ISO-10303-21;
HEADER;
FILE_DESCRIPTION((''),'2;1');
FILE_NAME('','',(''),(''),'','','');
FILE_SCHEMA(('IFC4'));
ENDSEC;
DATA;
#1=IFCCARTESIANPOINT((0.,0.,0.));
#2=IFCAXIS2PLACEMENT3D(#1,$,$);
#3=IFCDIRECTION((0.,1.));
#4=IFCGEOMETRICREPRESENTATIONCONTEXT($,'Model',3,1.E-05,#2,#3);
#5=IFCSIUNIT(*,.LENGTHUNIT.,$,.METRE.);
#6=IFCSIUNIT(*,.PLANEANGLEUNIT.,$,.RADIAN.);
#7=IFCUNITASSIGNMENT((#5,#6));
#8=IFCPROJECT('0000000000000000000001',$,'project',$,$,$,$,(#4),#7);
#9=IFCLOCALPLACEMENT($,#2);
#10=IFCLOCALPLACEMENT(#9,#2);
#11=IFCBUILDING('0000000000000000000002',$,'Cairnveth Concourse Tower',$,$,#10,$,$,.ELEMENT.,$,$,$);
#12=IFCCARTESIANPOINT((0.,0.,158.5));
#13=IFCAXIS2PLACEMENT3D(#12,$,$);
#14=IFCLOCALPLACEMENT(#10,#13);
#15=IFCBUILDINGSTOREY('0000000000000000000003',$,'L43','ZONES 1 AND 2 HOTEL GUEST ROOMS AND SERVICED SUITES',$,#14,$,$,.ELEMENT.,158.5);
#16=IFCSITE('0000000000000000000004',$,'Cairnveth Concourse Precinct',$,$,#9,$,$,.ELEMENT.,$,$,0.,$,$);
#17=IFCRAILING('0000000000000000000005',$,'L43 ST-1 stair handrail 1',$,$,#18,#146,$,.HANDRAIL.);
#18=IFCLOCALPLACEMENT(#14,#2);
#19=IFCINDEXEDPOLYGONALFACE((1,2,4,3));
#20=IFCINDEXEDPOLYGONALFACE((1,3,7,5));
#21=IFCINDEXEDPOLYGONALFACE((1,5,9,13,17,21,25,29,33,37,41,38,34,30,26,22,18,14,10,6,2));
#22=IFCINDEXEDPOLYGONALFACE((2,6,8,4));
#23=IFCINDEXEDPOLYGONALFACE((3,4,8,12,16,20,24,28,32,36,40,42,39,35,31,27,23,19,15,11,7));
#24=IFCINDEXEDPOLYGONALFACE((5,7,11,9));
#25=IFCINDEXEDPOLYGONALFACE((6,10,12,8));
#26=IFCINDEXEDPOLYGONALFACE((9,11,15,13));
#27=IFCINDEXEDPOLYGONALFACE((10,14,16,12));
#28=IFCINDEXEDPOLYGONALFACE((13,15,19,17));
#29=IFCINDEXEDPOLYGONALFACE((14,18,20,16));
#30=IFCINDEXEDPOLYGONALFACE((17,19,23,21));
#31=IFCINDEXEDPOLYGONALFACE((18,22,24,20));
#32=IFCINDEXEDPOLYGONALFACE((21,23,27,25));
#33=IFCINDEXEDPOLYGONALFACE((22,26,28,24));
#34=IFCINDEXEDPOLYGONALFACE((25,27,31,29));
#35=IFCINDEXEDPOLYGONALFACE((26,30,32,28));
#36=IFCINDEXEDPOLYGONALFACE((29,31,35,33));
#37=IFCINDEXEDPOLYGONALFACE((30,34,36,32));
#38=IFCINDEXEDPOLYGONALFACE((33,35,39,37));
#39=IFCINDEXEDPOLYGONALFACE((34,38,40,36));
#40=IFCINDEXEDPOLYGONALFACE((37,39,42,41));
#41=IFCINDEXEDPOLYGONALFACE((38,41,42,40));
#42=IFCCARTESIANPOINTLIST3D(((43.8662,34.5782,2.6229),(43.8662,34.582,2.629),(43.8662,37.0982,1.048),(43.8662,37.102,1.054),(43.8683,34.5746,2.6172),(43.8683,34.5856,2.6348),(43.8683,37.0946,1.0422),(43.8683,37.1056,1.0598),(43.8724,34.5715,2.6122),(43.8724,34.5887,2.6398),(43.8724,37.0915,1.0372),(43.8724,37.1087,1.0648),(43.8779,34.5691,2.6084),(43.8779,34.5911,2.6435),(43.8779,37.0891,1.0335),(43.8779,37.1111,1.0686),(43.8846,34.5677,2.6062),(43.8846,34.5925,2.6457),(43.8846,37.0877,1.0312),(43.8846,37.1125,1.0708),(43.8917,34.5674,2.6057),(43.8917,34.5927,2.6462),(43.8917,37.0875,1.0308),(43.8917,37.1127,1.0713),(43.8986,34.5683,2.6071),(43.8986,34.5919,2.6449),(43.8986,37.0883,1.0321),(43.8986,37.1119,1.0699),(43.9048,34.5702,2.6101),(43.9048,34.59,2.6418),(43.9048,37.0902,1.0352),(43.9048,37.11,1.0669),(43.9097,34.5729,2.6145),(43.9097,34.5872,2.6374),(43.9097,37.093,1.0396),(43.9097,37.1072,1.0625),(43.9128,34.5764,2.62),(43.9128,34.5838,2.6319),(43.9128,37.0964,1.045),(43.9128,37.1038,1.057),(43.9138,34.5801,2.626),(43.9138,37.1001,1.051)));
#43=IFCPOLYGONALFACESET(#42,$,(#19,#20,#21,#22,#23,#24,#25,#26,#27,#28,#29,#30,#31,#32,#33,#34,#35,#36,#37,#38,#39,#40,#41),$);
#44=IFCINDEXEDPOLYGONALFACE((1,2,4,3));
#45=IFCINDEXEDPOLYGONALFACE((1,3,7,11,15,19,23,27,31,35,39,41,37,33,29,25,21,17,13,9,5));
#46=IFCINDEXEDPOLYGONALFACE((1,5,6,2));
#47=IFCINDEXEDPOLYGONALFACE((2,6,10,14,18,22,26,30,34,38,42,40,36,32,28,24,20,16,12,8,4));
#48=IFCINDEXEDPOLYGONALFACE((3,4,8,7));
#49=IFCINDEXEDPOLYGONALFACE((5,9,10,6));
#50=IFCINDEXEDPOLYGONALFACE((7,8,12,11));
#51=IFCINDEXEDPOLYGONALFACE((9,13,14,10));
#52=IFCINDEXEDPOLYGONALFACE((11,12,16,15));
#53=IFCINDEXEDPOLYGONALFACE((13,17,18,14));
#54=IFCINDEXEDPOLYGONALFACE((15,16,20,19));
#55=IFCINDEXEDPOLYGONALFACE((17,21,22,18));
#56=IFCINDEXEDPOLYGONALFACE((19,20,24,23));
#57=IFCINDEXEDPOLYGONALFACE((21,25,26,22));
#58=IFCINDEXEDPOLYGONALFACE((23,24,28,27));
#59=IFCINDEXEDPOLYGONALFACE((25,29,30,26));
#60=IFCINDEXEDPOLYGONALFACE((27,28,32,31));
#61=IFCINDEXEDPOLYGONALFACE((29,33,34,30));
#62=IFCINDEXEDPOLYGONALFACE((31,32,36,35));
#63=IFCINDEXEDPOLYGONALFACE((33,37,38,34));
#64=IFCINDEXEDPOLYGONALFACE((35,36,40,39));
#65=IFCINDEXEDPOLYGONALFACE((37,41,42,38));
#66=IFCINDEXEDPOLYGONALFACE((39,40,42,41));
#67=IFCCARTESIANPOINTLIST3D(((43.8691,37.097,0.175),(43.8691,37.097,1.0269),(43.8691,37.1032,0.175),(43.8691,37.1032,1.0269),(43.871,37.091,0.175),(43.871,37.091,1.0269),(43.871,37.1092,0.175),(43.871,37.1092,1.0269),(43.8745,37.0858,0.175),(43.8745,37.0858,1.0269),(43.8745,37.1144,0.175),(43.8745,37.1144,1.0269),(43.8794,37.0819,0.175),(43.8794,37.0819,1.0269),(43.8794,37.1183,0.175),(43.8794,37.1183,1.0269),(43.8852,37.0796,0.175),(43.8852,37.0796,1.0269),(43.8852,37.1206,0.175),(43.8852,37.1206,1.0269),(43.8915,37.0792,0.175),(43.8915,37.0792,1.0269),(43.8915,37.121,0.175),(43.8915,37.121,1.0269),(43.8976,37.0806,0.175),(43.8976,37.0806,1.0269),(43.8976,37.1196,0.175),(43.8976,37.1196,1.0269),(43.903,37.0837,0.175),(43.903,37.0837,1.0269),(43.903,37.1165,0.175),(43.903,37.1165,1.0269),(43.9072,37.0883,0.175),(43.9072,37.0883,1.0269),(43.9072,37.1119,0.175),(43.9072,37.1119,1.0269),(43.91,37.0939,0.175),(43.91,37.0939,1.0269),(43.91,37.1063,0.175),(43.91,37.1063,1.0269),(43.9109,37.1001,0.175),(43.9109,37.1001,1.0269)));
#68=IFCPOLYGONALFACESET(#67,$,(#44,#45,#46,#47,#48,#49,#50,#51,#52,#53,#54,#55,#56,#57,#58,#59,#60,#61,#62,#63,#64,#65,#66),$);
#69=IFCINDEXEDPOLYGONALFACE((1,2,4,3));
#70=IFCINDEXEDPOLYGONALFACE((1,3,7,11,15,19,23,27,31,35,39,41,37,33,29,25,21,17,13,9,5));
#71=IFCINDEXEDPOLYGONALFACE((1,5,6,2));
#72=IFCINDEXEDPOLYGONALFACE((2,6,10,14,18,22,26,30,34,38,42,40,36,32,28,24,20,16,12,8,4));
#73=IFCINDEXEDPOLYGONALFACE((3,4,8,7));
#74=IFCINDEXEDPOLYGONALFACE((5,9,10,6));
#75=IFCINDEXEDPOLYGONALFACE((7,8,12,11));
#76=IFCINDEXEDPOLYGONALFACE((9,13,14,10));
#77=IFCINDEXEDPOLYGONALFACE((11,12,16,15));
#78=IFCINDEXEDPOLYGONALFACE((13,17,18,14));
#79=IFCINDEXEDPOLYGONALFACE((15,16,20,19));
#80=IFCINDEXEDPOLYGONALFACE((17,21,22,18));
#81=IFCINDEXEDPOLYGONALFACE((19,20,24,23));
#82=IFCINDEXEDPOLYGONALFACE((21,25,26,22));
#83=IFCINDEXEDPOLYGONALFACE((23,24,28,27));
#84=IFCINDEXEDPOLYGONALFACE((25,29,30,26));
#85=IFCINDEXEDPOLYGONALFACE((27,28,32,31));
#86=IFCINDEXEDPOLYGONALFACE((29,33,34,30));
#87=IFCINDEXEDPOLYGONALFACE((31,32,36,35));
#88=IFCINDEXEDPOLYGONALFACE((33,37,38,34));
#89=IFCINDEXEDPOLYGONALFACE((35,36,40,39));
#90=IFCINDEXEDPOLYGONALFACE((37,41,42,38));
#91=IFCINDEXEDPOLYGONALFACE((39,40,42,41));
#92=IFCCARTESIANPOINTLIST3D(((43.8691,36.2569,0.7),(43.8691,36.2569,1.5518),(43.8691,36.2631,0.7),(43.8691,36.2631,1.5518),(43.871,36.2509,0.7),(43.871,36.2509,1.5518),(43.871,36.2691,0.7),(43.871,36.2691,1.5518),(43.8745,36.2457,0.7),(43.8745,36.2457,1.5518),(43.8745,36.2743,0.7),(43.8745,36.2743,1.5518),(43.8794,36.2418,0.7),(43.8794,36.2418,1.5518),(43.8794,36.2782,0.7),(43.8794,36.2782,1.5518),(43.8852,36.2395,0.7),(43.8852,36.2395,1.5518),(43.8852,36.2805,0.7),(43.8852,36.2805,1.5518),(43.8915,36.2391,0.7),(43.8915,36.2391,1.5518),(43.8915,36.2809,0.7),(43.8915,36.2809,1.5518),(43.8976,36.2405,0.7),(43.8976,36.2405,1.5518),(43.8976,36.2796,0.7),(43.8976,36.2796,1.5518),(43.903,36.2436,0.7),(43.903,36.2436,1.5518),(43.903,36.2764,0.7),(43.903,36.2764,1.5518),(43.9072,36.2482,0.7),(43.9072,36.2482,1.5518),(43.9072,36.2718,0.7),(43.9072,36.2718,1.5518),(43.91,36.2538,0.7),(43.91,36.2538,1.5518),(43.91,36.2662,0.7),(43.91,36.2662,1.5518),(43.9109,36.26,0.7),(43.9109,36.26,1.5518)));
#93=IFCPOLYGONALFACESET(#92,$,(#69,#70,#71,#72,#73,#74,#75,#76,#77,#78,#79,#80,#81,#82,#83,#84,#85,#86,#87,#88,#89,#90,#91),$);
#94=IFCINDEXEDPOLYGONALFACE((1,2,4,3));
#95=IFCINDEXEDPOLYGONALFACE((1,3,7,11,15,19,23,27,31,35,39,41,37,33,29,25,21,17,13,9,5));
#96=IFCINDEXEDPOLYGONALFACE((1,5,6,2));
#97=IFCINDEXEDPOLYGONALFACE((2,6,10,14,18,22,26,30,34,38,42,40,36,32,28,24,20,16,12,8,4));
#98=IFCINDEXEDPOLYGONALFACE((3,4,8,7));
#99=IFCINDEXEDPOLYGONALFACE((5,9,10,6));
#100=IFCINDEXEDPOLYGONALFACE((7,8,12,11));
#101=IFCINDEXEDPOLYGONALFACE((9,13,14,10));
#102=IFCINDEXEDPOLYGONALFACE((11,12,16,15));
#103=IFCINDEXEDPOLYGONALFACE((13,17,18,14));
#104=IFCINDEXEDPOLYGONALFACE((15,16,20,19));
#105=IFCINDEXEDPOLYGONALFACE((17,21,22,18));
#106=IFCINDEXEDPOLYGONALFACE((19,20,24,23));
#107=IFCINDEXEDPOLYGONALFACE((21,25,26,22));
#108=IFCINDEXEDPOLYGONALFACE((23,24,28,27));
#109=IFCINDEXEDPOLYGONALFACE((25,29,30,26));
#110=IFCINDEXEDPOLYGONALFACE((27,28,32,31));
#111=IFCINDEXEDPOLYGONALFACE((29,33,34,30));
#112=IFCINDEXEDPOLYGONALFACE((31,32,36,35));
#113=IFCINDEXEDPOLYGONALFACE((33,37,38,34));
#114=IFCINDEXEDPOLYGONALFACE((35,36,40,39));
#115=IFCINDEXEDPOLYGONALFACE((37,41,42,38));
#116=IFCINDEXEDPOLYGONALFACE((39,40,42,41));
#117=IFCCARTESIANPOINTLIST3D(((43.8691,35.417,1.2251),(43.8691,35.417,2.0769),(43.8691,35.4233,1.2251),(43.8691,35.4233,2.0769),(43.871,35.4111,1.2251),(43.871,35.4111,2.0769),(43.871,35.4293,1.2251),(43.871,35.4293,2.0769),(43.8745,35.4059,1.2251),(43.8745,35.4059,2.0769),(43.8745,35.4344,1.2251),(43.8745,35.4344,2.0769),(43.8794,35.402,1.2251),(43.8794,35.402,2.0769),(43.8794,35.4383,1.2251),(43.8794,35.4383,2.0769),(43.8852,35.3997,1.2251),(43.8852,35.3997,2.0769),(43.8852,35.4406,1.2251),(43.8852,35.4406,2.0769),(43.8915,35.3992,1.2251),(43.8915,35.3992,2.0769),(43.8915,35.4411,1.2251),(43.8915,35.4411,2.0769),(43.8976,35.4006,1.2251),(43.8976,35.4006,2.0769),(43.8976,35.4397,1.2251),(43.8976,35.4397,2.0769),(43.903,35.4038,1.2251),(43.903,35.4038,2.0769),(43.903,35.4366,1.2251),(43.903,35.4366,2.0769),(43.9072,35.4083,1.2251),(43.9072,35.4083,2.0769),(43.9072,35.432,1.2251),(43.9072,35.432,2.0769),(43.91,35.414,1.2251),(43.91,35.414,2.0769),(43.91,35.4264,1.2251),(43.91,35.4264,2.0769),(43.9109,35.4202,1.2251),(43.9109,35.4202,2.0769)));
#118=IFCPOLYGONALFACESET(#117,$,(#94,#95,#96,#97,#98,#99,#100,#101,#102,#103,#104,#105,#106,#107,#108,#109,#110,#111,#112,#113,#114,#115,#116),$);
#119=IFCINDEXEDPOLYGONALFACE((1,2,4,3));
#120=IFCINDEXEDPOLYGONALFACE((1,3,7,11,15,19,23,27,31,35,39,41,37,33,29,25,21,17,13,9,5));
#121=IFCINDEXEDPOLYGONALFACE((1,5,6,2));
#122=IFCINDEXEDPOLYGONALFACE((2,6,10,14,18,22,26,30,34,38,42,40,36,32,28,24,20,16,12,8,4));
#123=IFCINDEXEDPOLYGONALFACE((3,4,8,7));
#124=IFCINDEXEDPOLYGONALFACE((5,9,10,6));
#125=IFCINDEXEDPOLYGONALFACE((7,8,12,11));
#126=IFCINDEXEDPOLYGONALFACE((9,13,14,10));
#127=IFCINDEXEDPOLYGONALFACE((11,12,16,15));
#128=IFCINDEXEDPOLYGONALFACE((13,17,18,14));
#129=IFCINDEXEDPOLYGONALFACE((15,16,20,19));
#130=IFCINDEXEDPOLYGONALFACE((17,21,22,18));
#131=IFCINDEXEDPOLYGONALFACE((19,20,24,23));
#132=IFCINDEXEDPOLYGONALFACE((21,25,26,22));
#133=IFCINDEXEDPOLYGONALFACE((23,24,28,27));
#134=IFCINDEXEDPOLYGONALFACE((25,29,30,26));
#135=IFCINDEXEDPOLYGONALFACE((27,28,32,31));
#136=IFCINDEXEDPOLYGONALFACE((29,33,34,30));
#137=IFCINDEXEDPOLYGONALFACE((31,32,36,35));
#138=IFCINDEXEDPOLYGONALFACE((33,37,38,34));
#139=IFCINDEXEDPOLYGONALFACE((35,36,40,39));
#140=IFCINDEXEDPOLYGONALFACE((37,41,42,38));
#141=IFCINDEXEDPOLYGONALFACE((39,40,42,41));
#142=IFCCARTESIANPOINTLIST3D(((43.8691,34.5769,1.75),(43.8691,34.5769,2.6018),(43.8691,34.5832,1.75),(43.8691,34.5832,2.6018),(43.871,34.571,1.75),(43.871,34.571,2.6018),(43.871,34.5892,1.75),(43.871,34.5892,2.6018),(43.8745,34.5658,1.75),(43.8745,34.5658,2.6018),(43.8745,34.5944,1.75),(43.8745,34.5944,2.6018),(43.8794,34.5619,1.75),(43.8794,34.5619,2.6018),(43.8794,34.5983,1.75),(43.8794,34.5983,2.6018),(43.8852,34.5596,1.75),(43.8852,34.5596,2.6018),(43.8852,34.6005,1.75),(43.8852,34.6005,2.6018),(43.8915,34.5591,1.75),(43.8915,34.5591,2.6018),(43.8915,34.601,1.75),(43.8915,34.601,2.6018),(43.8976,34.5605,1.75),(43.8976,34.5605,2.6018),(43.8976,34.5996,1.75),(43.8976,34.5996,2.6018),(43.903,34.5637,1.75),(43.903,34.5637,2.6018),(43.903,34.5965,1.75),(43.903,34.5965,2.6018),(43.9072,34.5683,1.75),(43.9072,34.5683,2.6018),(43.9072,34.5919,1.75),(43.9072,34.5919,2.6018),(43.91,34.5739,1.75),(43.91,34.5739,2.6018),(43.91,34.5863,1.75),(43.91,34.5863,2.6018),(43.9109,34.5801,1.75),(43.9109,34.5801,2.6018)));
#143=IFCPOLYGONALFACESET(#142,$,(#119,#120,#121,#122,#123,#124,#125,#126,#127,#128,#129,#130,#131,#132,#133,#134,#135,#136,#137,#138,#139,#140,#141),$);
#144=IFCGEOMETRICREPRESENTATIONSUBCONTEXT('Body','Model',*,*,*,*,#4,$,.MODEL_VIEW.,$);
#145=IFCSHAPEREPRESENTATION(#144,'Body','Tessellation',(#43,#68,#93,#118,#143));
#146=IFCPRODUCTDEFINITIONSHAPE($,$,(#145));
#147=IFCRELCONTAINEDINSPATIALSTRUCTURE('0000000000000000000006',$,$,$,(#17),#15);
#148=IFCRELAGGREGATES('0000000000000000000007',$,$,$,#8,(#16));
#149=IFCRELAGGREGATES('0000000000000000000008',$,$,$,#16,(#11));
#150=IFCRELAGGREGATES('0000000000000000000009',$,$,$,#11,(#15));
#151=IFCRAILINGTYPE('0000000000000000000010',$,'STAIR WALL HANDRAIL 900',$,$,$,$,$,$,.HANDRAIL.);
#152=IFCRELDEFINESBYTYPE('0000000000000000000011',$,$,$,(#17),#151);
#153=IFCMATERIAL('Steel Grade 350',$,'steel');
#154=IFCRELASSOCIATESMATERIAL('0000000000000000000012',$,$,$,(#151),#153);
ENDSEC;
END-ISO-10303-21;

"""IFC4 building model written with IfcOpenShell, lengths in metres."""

from ifc_helpers import new_model, si_unit, direction, frame, origin, origin_2d, place, context, subcontext, project, spatial, circle, extrude, material, type_object, element, save


model = new_model("IFC4")

# Units and contexts
model_context = context("Model", 3, precision=1e-05, world=origin(), true_north=direction((0.0, 1.0)))
body_context = subcontext(model_context, "Body", "Model", "MODEL_VIEW")
ifc_project = project(units=[si_unit("LENGTHUNIT", "METRE"), si_unit("PLANEANGLEUNIT", "RADIAN")], contexts=[model_context])

# Site, building, storey
site_placement = place(None, origin())
site = spatial("IfcSite", under=ifc_project, at=site_placement, Name="Cairnveth Concourse Precinct", CompositionType="ELEMENT", RefElevation=0.0)
building_placement = place(site_placement, origin())
building = spatial("IfcBuilding", under=site, at=building_placement, Name="Cairnveth Concourse Tower", CompositionType="ELEMENT")
storey_placement = place(building_placement, frame((0.0, 0.0, 158.5)))
storey = spatial("IfcBuildingStorey", under=building, at=storey_placement, Name="L43", Description="ZONES 1 AND 2 HOTEL GUEST ROOMS AND SERVICED SUITES", CompositionType="ELEMENT", Elevation=158.5)

# Shared definitions
ifc_material_1 = material(Name="Steel Grade 350", Category="steel")

# Railing
railing_type = type_object("IfcRailingType", Name="STAIR WALL HANDRAIL 900", PredefinedType="HANDRAIL", material=ifc_material_1)
railing_placement = place(storey_placement, frame((43.8899, 37.1001, 0.175)))
element("IfcRailing", 1, at=railing_placement, inside=storey, type_object=railing_type, Name="L43 ST-1 stair handrail 1", PredefinedType="HANDRAIL", context=body_context, shape_type="SweptSolid", body=[
    extrude(circle(Radius=0.0239, at=origin_2d()), frame((0.0, 0.0, 0.876), z_axis=(0.0, -0.848008, 0.529984), x_axis=(1.0, 0.0, 0.0)), (0.0, 0.0, 1.0), 2.9717),
    extrude(circle(Radius=0.021, at=origin_2d()), origin(), (0.0, 0.0, 1.0), 0.8518),
    extrude(circle(Radius=0.021, at=origin_2d()), frame((0.0, -0.8401, 0.5249)), (0.0, 0.0, 1.0), 0.8518),
    extrude(circle(Radius=0.021, at=origin_2d()), frame((0.0, -1.6799, 1.05)), (0.0, 0.0, 1.0), 0.8518),
    extrude(circle(Radius=0.021, at=origin_2d()), frame((0.0, -2.52, 1.575)), (0.0, 0.0, 1.0), 0.8518),
])

save(model, "model.ifc")
